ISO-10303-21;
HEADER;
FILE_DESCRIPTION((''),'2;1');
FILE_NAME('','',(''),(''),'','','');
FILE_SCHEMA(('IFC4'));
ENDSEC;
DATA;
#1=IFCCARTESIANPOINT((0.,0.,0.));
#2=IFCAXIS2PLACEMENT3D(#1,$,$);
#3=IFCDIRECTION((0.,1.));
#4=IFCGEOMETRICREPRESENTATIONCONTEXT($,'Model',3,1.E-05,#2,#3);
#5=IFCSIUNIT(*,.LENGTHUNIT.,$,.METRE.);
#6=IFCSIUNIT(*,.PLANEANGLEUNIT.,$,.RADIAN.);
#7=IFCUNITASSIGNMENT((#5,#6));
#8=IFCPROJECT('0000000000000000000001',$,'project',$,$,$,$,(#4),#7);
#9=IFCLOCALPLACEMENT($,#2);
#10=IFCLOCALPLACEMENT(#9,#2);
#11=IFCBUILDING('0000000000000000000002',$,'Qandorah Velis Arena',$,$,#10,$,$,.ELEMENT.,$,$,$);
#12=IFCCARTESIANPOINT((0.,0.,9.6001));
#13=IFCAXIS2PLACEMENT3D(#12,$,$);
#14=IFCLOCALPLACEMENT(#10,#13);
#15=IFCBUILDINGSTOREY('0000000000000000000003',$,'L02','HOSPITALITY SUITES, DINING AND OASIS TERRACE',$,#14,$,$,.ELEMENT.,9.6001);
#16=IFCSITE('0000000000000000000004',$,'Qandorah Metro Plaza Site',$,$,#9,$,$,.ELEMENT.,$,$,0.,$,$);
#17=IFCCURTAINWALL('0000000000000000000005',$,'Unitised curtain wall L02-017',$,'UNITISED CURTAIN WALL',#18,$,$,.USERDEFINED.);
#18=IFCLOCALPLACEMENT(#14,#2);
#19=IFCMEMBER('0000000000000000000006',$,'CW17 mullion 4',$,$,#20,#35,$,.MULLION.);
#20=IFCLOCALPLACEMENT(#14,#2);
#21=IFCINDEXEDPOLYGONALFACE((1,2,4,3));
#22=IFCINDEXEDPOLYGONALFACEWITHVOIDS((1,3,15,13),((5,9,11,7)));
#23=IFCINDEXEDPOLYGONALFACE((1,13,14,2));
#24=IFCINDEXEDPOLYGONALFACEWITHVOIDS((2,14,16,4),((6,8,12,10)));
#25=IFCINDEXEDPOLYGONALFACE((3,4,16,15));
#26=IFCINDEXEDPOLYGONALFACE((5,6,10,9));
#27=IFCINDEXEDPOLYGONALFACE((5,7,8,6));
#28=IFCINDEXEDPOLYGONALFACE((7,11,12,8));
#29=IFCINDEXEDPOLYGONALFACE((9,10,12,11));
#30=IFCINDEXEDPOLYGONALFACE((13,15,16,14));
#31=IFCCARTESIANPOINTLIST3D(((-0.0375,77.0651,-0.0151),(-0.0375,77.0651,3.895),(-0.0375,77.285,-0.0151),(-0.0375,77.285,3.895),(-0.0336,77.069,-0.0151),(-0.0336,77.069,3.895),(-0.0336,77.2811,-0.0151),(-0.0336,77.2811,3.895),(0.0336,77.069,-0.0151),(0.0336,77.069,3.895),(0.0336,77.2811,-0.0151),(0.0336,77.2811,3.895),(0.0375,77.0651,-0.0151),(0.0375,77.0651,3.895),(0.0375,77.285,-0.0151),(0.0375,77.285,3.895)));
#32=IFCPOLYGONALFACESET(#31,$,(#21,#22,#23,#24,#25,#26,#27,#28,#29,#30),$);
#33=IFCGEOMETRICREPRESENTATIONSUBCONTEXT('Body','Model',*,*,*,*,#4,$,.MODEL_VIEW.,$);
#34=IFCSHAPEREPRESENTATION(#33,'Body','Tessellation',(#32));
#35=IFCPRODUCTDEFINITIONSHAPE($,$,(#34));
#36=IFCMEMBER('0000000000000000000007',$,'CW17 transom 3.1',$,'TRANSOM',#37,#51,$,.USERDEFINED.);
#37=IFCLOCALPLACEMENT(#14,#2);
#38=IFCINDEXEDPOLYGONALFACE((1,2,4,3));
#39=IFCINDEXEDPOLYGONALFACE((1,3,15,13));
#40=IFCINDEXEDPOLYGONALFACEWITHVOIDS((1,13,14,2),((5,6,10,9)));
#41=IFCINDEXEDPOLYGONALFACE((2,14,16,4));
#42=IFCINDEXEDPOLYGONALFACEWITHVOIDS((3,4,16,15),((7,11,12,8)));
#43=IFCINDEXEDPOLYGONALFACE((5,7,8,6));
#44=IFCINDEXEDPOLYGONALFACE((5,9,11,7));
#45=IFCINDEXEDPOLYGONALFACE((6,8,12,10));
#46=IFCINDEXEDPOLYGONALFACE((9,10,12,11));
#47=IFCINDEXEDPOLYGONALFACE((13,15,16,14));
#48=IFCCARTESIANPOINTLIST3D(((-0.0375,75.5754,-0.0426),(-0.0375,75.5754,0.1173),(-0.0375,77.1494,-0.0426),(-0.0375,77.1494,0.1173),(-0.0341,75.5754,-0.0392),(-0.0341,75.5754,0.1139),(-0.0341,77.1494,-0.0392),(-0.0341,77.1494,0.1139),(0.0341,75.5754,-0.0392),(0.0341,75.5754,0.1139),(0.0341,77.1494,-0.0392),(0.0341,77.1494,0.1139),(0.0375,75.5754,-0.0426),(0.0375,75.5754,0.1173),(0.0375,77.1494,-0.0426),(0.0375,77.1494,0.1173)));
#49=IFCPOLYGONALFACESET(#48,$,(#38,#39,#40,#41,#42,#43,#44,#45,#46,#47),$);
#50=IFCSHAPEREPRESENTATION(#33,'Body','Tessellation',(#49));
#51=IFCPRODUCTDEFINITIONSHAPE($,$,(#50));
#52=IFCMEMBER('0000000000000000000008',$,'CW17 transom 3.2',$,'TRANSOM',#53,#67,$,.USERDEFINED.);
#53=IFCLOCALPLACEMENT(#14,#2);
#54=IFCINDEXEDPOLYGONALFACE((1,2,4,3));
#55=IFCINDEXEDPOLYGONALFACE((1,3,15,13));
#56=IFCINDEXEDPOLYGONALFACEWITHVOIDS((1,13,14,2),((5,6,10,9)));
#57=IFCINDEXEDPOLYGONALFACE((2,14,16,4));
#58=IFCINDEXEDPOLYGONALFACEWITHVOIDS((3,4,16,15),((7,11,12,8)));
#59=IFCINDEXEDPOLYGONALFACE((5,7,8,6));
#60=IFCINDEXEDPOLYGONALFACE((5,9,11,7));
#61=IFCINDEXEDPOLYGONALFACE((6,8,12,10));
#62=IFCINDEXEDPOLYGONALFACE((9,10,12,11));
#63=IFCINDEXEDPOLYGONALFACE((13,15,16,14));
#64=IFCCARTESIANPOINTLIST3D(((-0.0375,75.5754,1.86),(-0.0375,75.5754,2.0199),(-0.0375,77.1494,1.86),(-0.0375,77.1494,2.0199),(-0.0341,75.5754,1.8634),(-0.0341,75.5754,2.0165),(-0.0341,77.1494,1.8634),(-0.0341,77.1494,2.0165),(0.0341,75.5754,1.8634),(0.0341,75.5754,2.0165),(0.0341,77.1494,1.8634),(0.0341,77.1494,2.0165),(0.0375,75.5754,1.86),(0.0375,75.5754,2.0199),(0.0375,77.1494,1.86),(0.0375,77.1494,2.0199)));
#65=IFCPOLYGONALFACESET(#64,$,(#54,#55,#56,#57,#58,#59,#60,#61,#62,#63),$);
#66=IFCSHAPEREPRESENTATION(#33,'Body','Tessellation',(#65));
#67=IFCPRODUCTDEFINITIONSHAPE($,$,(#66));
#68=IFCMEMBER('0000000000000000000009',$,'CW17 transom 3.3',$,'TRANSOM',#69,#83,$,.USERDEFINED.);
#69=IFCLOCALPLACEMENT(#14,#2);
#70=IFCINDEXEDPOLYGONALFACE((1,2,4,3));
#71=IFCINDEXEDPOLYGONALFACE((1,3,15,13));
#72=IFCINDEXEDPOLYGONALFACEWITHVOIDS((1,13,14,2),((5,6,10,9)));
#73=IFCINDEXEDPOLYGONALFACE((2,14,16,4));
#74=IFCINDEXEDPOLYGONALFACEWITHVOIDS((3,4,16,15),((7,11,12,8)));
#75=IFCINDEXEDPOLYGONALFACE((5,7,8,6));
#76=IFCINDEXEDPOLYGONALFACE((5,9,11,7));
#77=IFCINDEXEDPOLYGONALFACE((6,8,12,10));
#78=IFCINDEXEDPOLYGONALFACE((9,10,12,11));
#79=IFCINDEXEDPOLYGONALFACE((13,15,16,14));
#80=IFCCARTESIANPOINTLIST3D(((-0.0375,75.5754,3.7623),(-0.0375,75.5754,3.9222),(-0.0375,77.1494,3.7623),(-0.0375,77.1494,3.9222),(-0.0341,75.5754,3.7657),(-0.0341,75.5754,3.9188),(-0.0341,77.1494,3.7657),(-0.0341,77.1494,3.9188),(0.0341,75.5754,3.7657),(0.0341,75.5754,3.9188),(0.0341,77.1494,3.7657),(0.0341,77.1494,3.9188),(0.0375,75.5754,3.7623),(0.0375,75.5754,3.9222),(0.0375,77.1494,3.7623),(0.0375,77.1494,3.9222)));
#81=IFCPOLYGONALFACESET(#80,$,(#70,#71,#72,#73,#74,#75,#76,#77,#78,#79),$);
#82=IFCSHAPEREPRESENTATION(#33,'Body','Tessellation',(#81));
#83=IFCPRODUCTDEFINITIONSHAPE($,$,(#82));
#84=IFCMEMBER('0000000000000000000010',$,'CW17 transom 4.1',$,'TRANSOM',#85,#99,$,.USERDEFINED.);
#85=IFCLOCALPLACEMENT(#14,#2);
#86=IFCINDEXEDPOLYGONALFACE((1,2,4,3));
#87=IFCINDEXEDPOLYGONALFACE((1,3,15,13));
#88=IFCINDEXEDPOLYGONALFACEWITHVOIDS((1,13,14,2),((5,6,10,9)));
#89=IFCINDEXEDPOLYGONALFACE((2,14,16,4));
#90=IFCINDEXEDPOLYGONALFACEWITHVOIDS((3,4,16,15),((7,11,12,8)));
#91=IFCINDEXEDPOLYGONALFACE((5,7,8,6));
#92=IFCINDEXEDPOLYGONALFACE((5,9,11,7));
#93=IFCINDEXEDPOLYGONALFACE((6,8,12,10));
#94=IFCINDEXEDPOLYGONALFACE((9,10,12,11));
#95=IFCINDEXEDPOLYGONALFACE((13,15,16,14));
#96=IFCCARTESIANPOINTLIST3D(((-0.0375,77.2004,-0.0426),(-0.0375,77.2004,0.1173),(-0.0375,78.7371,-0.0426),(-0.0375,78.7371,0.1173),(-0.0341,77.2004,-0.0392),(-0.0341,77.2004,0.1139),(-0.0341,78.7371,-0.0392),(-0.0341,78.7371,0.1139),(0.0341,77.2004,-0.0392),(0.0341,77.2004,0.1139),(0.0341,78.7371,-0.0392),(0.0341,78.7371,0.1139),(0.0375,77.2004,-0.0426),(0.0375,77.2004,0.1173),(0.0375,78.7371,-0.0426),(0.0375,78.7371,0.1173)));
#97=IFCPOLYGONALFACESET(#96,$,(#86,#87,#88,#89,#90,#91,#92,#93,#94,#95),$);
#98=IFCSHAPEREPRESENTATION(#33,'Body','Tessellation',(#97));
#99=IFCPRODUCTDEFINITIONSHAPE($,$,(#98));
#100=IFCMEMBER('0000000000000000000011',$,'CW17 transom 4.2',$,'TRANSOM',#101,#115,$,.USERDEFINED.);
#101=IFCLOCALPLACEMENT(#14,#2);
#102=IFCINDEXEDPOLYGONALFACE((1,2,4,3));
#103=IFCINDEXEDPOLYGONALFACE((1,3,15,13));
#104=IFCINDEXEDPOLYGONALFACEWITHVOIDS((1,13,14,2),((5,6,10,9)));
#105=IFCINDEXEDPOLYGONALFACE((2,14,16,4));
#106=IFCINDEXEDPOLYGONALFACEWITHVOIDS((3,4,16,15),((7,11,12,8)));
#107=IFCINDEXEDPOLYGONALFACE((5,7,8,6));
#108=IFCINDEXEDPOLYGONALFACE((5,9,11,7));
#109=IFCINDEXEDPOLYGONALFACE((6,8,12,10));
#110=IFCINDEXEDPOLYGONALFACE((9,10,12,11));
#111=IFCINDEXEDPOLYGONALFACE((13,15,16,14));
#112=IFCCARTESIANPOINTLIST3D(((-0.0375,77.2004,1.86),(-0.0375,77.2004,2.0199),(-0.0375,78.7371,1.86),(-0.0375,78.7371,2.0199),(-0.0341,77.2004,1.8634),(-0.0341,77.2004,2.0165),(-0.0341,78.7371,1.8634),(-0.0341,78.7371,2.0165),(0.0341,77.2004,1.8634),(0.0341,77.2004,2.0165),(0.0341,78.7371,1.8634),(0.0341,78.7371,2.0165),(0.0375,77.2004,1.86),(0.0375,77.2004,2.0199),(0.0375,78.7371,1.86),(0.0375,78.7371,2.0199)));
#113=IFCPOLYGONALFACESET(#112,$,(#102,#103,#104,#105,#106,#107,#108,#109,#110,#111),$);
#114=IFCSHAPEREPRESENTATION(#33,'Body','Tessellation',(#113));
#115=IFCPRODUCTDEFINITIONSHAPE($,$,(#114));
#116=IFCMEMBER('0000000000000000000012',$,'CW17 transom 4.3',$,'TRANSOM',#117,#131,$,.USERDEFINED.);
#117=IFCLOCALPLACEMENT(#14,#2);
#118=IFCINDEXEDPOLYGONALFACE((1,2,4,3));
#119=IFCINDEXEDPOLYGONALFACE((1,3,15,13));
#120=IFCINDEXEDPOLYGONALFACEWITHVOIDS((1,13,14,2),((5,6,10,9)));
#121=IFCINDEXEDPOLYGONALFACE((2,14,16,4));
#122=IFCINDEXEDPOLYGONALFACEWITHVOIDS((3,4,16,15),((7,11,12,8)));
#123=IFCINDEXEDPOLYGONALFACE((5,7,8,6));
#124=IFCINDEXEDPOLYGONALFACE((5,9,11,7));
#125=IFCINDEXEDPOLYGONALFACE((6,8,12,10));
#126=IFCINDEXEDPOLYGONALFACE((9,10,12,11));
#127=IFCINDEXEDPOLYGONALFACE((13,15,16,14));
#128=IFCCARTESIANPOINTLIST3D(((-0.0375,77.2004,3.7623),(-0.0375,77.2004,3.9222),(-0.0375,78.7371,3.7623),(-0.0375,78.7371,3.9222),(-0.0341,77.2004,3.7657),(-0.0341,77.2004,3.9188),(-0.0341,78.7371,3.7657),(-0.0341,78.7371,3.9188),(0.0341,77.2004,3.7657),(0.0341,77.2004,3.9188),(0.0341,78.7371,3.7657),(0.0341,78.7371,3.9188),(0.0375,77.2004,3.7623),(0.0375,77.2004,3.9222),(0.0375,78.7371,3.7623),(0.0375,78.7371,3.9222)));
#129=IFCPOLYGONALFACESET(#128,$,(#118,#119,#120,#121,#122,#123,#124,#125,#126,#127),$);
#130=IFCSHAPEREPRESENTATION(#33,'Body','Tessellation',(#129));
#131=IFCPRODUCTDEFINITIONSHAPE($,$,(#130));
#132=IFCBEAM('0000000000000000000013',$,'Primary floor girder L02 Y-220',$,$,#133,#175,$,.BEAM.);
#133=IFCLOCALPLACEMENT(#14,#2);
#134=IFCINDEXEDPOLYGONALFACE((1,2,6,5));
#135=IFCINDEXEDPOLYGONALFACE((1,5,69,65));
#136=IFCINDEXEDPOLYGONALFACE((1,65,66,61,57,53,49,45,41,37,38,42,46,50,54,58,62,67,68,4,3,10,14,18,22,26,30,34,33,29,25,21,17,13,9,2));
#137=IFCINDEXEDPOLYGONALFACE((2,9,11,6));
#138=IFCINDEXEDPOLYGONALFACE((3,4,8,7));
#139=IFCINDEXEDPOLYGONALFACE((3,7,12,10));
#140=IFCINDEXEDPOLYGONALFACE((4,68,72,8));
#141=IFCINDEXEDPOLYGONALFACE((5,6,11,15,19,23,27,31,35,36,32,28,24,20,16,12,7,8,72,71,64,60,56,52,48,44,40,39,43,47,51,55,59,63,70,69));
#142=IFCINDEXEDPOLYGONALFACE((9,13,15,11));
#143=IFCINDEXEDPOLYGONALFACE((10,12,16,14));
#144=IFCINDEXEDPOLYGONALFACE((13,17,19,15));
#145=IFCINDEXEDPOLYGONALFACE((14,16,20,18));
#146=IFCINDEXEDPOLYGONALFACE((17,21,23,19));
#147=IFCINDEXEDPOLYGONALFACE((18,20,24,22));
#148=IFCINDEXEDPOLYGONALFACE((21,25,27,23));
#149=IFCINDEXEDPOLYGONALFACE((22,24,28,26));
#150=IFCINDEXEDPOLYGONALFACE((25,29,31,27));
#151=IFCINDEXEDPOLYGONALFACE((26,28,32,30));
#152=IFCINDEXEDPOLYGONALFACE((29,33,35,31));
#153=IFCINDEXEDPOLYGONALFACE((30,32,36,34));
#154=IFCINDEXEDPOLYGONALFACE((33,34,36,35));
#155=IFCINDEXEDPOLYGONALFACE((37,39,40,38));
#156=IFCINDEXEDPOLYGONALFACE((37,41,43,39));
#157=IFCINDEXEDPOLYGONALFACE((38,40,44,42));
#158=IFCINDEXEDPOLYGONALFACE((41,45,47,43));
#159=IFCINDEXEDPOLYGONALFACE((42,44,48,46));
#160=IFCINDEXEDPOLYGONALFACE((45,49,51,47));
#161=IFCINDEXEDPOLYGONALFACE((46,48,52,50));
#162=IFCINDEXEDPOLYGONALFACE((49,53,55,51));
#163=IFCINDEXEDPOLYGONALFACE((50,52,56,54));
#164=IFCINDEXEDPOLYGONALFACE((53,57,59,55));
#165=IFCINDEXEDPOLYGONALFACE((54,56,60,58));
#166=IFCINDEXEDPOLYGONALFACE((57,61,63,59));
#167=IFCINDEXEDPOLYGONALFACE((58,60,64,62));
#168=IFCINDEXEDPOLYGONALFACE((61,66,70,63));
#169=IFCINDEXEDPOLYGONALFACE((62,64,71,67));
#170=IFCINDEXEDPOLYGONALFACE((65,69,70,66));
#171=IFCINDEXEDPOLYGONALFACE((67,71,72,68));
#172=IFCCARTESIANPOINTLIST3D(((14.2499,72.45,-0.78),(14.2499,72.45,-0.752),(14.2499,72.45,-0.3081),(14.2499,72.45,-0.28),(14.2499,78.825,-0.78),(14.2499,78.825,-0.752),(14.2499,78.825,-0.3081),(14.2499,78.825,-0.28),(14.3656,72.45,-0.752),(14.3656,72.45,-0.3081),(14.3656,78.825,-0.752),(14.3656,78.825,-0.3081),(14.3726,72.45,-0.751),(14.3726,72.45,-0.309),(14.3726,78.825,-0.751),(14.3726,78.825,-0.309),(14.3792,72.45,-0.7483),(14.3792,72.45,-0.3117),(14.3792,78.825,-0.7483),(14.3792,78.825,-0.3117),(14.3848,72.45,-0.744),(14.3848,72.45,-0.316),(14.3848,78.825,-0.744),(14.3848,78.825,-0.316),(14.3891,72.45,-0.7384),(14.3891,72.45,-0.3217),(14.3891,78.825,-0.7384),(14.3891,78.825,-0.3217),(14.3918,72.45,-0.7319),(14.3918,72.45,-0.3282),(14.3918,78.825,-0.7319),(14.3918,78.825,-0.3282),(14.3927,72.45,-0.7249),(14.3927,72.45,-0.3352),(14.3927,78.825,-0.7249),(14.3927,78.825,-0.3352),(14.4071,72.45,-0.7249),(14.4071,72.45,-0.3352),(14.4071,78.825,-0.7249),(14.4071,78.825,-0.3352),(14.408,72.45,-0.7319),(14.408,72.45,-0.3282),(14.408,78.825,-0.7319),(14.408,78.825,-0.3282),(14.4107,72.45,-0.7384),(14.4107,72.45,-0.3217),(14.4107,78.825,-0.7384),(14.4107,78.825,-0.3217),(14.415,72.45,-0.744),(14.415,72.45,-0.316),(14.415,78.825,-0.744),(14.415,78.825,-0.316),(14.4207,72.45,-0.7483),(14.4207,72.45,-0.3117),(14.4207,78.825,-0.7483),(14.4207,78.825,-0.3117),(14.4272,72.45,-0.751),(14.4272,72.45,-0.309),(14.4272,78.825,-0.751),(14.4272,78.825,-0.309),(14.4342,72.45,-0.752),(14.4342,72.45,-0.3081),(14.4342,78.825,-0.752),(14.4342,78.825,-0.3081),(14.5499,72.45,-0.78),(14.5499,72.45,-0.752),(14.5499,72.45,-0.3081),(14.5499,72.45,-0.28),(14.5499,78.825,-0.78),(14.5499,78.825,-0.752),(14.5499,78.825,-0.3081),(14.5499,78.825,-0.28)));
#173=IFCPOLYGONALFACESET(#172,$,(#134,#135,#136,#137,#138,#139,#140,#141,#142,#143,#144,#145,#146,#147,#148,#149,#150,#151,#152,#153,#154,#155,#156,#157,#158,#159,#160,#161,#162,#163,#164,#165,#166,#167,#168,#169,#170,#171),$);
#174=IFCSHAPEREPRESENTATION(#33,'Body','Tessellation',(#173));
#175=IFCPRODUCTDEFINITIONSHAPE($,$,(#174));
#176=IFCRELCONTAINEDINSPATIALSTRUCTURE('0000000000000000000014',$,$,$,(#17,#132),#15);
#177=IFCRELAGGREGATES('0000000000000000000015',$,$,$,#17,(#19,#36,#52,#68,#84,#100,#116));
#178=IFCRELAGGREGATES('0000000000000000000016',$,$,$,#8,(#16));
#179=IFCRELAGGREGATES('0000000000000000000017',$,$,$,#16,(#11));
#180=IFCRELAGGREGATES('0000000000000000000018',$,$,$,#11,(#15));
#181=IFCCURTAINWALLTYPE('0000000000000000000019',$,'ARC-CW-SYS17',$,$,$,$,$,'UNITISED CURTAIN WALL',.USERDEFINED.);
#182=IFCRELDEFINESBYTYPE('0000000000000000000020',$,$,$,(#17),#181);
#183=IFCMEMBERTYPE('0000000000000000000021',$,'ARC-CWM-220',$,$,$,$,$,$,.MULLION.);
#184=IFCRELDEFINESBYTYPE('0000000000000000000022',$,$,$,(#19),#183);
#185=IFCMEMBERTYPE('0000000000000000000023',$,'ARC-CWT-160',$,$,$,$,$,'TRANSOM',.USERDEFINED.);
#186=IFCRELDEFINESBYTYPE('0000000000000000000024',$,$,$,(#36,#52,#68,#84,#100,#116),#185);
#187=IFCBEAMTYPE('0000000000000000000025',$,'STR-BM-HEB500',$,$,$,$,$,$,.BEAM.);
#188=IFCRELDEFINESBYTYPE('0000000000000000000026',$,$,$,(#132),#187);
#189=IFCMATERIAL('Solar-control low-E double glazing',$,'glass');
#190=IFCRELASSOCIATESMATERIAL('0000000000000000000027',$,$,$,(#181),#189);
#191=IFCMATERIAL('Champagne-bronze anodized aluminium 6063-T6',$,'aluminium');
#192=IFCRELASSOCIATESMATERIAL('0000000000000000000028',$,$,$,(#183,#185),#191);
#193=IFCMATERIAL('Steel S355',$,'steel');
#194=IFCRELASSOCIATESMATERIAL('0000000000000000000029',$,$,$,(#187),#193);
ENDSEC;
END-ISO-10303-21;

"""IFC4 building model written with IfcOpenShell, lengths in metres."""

from ifc_helpers import new_model, si_unit, direction, frame, origin, origin_2d, place, context, subcontext, project, spatial, hollow_rectangle, i_section, extrude, material, material_profile, profile_set, type_object, element, aggregate, save


model = new_model("IFC4")

# Units and contexts
model_context = context("Model", 3, precision=1e-05, world=origin(), true_north=direction((0.0, 1.0)))
body_context = subcontext(model_context, "Body", "Model", "MODEL_VIEW")
ifc_project = project(units=[si_unit("LENGTHUNIT", "METRE"), si_unit("PLANEANGLEUNIT", "RADIAN")], contexts=[model_context])

# Site, building, storey
site_placement = place(None, origin())
site = spatial("IfcSite", under=ifc_project, at=site_placement, Name="Qandorah Metro Plaza Site", CompositionType="ELEMENT", RefElevation=0.0)
building_placement = place(site_placement, origin())
building = spatial("IfcBuilding", under=site, at=building_placement, Name="Qandorah Velis Arena", CompositionType="ELEMENT")
storey_placement = place(building_placement, frame((0.0, 0.0, 9.6001)))
storey = spatial("IfcBuildingStorey", under=building, at=storey_placement, Name="L02", Description="HOSPITALITY SUITES, DINING AND OASIS TERRACE", CompositionType="ELEMENT", Elevation=9.6001)

# Curtain wall, members
ifc_material_1 = material(Name="Solar-control low-E double glazing", Category="glass")
curtain_wall_type = type_object("IfcCurtainWallType", Name="ARC-CW-SYS17", ElementType="UNITISED CURTAIN WALL", PredefinedType="USERDEFINED", material=ifc_material_1)
curtain_wall_placement = place(storey_placement, origin())
curtain_wall = element("IfcCurtainWall", 1, at=curtain_wall_placement, inside=storey, type_object=curtain_wall_type, Name="Unitised curtain wall L02-017", ObjectType="UNITISED CURTAIN WALL", PredefinedType="USERDEFINED")
ifc_material_2 = material(Name="Champagne-bronze anodized aluminium 6063-T6", Category="aluminium")
ifc_material_profile_1 = material_profile(ifc_material_2, hollow_rectangle(XDim=0.075, YDim=0.22, WallThickness=0.0039, at=origin_2d()), Name="ALU MULLION 75x220")
ifc_profile_set_1 = profile_set([ifc_material_profile_1], Name="Champagne-bronze anodized aluminium 6063-T6")
member_type_1 = type_object("IfcMemberType", Name="ARC-CWM-220", PredefinedType="MULLION", material=ifc_profile_set_1)
member_1_placement = place(storey_placement, frame((0.0, 77.175, -0.0151), z_axis=(0.0, 0.0, 1.0), x_axis=(-1.0, 0.0, 0.0)))
member_1 = element("IfcMember", 2, at=member_1_placement, type_object=member_type_1, Name="CW17 mullion 4", PredefinedType="MULLION", context=body_context, shape_type="SweptSolid", body=[
    extrude(hollow_rectangle(XDim=0.075, YDim=0.22, WallThickness=0.0039, at=origin_2d()), origin(), (0.0, 0.0, 1.0), 3.9102),
])
ifc_material_profile_2 = material_profile(ifc_material_2, hollow_rectangle(XDim=0.075, YDim=0.1599, WallThickness=0.0034, at=origin_2d()), Name="ALU TRANSOM 75x160")
ifc_profile_set_2 = profile_set([ifc_material_profile_2], Name="Champagne-bronze anodized aluminium 6063-T6")
member_type_2 = type_object("IfcMemberType", Name="ARC-CWT-160", ElementType="TRANSOM", PredefinedType="USERDEFINED", material=ifc_profile_set_2)
member_2_placement = place(storey_placement, frame((0.0, 75.5754, 0.0374), z_axis=(0.0, 1.0, 0.0), x_axis=(-1.0, 0.0, 0.0)))
member_2 = element("IfcMember", 3, at=member_2_placement, type_object=member_type_2, Name="CW17 transom 3.1", ObjectType="TRANSOM", PredefinedType="USERDEFINED", context=body_context, shape_type="SweptSolid", body=[
    extrude(hollow_rectangle(XDim=0.075, YDim=0.1599, WallThickness=0.0034, at=origin_2d()), origin(), (0.0, 0.0, 1.0), 1.574),
])
member_3_placement = place(storey_placement, frame((0.0, 75.5754, 1.9399), z_axis=(0.0, 1.0, 0.0), x_axis=(-1.0, 0.0, 0.0)))
member_3 = element("IfcMember", 4, at=member_3_placement, type_object=member_type_2, Name="CW17 transom 3.2", ObjectType="TRANSOM", PredefinedType="USERDEFINED", context=body_context, shape_type="SweptSolid", body=[
    extrude(hollow_rectangle(XDim=0.075, YDim=0.1599, WallThickness=0.0034, at=origin_2d()), origin(), (0.0, 0.0, 1.0), 1.574),
])
member_4_placement = place(storey_placement, frame((0.0, 75.5754, 3.8423), z_axis=(0.0, 1.0, 0.0), x_axis=(-1.0, 0.0, 0.0)))
member_4 = element("IfcMember", 5, at=member_4_placement, type_object=member_type_2, Name="CW17 transom 3.3", ObjectType="TRANSOM", PredefinedType="USERDEFINED", context=body_context, shape_type="SweptSolid", body=[
    extrude(hollow_rectangle(XDim=0.075, YDim=0.1599, WallThickness=0.0034, at=origin_2d()), origin(), (0.0, 0.0, 1.0), 1.574),
])
member_5_placement = place(storey_placement, frame((0.0, 77.2004, 0.0374), z_axis=(0.0, 1.0, 0.0), x_axis=(-1.0, 0.0, 0.0)))
member_5 = element("IfcMember", 6, at=member_5_placement, type_object=member_type_2, Name="CW17 transom 4.1", ObjectType="TRANSOM", PredefinedType="USERDEFINED", context=body_context, shape_type="SweptSolid", body=[
    extrude(hollow_rectangle(XDim=0.075, YDim=0.1599, WallThickness=0.0034, at=origin_2d()), origin(), (0.0, 0.0, 1.0), 1.5366),
])
member_6_placement = place(storey_placement, frame((0.0, 77.2004, 1.9399), z_axis=(0.0, 1.0, 0.0), x_axis=(-1.0, 0.0, 0.0)))
member_6 = element("IfcMember", 7, at=member_6_placement, type_object=member_type_2, Name="CW17 transom 4.2", ObjectType="TRANSOM", PredefinedType="USERDEFINED", context=body_context, shape_type="SweptSolid", body=[
    extrude(hollow_rectangle(XDim=0.075, YDim=0.1599, WallThickness=0.0034, at=origin_2d()), origin(), (0.0, 0.0, 1.0), 1.5366),
])
member_7_placement = place(storey_placement, frame((0.0, 77.2004, 3.8423), z_axis=(0.0, 1.0, 0.0), x_axis=(-1.0, 0.0, 0.0)))
member_7 = element("IfcMember", 8, at=member_7_placement, type_object=member_type_2, Name="CW17 transom 4.3", ObjectType="TRANSOM", PredefinedType="USERDEFINED", context=body_context, shape_type="SweptSolid", body=[
    extrude(hollow_rectangle(XDim=0.075, YDim=0.1599, WallThickness=0.0034, at=origin_2d()), origin(), (0.0, 0.0, 1.0), 1.5366),
])

# Beam
ifc_material_3 = material(Name="Steel S355", Category="steel")
ifc_material_profile_3 = material_profile(ifc_material_3, i_section(OverallWidth=0.3, OverallDepth=0.5, WebThickness=0.0144, FlangeThickness=0.0281, FilletRadius=0.0271, at=origin_2d()), Name="HEB 500")
ifc_profile_set_3 = profile_set([ifc_material_profile_3], Name="Steel S355")
beam_type_1 = type_object("IfcBeamType", Name="STR-BM-HEB500", PredefinedType="BEAM", material=ifc_profile_set_3)
beam_1_placement = place(storey_placement, frame((14.3999, 72.45, -0.53), z_axis=(0.0, 1.0, 0.0), x_axis=(-1.0, 0.0, 0.0)))
element("IfcBeam", 9, at=beam_1_placement, inside=storey, type_object=beam_type_1, Name="Primary floor girder L02 Y-220", PredefinedType="BEAM", context=body_context, shape_type="SweptSolid", body=[
    extrude(i_section(OverallWidth=0.3, OverallDepth=0.5, WebThickness=0.0144, FlangeThickness=0.0281, FilletRadius=0.0271, at=origin_2d()), origin(), (0.0, 0.0, 1.0), 6.375),
])

aggregate(curtain_wall, [member_1, member_2, member_3, member_4, member_5, member_6, member_7])

save(model, "model.ifc")
